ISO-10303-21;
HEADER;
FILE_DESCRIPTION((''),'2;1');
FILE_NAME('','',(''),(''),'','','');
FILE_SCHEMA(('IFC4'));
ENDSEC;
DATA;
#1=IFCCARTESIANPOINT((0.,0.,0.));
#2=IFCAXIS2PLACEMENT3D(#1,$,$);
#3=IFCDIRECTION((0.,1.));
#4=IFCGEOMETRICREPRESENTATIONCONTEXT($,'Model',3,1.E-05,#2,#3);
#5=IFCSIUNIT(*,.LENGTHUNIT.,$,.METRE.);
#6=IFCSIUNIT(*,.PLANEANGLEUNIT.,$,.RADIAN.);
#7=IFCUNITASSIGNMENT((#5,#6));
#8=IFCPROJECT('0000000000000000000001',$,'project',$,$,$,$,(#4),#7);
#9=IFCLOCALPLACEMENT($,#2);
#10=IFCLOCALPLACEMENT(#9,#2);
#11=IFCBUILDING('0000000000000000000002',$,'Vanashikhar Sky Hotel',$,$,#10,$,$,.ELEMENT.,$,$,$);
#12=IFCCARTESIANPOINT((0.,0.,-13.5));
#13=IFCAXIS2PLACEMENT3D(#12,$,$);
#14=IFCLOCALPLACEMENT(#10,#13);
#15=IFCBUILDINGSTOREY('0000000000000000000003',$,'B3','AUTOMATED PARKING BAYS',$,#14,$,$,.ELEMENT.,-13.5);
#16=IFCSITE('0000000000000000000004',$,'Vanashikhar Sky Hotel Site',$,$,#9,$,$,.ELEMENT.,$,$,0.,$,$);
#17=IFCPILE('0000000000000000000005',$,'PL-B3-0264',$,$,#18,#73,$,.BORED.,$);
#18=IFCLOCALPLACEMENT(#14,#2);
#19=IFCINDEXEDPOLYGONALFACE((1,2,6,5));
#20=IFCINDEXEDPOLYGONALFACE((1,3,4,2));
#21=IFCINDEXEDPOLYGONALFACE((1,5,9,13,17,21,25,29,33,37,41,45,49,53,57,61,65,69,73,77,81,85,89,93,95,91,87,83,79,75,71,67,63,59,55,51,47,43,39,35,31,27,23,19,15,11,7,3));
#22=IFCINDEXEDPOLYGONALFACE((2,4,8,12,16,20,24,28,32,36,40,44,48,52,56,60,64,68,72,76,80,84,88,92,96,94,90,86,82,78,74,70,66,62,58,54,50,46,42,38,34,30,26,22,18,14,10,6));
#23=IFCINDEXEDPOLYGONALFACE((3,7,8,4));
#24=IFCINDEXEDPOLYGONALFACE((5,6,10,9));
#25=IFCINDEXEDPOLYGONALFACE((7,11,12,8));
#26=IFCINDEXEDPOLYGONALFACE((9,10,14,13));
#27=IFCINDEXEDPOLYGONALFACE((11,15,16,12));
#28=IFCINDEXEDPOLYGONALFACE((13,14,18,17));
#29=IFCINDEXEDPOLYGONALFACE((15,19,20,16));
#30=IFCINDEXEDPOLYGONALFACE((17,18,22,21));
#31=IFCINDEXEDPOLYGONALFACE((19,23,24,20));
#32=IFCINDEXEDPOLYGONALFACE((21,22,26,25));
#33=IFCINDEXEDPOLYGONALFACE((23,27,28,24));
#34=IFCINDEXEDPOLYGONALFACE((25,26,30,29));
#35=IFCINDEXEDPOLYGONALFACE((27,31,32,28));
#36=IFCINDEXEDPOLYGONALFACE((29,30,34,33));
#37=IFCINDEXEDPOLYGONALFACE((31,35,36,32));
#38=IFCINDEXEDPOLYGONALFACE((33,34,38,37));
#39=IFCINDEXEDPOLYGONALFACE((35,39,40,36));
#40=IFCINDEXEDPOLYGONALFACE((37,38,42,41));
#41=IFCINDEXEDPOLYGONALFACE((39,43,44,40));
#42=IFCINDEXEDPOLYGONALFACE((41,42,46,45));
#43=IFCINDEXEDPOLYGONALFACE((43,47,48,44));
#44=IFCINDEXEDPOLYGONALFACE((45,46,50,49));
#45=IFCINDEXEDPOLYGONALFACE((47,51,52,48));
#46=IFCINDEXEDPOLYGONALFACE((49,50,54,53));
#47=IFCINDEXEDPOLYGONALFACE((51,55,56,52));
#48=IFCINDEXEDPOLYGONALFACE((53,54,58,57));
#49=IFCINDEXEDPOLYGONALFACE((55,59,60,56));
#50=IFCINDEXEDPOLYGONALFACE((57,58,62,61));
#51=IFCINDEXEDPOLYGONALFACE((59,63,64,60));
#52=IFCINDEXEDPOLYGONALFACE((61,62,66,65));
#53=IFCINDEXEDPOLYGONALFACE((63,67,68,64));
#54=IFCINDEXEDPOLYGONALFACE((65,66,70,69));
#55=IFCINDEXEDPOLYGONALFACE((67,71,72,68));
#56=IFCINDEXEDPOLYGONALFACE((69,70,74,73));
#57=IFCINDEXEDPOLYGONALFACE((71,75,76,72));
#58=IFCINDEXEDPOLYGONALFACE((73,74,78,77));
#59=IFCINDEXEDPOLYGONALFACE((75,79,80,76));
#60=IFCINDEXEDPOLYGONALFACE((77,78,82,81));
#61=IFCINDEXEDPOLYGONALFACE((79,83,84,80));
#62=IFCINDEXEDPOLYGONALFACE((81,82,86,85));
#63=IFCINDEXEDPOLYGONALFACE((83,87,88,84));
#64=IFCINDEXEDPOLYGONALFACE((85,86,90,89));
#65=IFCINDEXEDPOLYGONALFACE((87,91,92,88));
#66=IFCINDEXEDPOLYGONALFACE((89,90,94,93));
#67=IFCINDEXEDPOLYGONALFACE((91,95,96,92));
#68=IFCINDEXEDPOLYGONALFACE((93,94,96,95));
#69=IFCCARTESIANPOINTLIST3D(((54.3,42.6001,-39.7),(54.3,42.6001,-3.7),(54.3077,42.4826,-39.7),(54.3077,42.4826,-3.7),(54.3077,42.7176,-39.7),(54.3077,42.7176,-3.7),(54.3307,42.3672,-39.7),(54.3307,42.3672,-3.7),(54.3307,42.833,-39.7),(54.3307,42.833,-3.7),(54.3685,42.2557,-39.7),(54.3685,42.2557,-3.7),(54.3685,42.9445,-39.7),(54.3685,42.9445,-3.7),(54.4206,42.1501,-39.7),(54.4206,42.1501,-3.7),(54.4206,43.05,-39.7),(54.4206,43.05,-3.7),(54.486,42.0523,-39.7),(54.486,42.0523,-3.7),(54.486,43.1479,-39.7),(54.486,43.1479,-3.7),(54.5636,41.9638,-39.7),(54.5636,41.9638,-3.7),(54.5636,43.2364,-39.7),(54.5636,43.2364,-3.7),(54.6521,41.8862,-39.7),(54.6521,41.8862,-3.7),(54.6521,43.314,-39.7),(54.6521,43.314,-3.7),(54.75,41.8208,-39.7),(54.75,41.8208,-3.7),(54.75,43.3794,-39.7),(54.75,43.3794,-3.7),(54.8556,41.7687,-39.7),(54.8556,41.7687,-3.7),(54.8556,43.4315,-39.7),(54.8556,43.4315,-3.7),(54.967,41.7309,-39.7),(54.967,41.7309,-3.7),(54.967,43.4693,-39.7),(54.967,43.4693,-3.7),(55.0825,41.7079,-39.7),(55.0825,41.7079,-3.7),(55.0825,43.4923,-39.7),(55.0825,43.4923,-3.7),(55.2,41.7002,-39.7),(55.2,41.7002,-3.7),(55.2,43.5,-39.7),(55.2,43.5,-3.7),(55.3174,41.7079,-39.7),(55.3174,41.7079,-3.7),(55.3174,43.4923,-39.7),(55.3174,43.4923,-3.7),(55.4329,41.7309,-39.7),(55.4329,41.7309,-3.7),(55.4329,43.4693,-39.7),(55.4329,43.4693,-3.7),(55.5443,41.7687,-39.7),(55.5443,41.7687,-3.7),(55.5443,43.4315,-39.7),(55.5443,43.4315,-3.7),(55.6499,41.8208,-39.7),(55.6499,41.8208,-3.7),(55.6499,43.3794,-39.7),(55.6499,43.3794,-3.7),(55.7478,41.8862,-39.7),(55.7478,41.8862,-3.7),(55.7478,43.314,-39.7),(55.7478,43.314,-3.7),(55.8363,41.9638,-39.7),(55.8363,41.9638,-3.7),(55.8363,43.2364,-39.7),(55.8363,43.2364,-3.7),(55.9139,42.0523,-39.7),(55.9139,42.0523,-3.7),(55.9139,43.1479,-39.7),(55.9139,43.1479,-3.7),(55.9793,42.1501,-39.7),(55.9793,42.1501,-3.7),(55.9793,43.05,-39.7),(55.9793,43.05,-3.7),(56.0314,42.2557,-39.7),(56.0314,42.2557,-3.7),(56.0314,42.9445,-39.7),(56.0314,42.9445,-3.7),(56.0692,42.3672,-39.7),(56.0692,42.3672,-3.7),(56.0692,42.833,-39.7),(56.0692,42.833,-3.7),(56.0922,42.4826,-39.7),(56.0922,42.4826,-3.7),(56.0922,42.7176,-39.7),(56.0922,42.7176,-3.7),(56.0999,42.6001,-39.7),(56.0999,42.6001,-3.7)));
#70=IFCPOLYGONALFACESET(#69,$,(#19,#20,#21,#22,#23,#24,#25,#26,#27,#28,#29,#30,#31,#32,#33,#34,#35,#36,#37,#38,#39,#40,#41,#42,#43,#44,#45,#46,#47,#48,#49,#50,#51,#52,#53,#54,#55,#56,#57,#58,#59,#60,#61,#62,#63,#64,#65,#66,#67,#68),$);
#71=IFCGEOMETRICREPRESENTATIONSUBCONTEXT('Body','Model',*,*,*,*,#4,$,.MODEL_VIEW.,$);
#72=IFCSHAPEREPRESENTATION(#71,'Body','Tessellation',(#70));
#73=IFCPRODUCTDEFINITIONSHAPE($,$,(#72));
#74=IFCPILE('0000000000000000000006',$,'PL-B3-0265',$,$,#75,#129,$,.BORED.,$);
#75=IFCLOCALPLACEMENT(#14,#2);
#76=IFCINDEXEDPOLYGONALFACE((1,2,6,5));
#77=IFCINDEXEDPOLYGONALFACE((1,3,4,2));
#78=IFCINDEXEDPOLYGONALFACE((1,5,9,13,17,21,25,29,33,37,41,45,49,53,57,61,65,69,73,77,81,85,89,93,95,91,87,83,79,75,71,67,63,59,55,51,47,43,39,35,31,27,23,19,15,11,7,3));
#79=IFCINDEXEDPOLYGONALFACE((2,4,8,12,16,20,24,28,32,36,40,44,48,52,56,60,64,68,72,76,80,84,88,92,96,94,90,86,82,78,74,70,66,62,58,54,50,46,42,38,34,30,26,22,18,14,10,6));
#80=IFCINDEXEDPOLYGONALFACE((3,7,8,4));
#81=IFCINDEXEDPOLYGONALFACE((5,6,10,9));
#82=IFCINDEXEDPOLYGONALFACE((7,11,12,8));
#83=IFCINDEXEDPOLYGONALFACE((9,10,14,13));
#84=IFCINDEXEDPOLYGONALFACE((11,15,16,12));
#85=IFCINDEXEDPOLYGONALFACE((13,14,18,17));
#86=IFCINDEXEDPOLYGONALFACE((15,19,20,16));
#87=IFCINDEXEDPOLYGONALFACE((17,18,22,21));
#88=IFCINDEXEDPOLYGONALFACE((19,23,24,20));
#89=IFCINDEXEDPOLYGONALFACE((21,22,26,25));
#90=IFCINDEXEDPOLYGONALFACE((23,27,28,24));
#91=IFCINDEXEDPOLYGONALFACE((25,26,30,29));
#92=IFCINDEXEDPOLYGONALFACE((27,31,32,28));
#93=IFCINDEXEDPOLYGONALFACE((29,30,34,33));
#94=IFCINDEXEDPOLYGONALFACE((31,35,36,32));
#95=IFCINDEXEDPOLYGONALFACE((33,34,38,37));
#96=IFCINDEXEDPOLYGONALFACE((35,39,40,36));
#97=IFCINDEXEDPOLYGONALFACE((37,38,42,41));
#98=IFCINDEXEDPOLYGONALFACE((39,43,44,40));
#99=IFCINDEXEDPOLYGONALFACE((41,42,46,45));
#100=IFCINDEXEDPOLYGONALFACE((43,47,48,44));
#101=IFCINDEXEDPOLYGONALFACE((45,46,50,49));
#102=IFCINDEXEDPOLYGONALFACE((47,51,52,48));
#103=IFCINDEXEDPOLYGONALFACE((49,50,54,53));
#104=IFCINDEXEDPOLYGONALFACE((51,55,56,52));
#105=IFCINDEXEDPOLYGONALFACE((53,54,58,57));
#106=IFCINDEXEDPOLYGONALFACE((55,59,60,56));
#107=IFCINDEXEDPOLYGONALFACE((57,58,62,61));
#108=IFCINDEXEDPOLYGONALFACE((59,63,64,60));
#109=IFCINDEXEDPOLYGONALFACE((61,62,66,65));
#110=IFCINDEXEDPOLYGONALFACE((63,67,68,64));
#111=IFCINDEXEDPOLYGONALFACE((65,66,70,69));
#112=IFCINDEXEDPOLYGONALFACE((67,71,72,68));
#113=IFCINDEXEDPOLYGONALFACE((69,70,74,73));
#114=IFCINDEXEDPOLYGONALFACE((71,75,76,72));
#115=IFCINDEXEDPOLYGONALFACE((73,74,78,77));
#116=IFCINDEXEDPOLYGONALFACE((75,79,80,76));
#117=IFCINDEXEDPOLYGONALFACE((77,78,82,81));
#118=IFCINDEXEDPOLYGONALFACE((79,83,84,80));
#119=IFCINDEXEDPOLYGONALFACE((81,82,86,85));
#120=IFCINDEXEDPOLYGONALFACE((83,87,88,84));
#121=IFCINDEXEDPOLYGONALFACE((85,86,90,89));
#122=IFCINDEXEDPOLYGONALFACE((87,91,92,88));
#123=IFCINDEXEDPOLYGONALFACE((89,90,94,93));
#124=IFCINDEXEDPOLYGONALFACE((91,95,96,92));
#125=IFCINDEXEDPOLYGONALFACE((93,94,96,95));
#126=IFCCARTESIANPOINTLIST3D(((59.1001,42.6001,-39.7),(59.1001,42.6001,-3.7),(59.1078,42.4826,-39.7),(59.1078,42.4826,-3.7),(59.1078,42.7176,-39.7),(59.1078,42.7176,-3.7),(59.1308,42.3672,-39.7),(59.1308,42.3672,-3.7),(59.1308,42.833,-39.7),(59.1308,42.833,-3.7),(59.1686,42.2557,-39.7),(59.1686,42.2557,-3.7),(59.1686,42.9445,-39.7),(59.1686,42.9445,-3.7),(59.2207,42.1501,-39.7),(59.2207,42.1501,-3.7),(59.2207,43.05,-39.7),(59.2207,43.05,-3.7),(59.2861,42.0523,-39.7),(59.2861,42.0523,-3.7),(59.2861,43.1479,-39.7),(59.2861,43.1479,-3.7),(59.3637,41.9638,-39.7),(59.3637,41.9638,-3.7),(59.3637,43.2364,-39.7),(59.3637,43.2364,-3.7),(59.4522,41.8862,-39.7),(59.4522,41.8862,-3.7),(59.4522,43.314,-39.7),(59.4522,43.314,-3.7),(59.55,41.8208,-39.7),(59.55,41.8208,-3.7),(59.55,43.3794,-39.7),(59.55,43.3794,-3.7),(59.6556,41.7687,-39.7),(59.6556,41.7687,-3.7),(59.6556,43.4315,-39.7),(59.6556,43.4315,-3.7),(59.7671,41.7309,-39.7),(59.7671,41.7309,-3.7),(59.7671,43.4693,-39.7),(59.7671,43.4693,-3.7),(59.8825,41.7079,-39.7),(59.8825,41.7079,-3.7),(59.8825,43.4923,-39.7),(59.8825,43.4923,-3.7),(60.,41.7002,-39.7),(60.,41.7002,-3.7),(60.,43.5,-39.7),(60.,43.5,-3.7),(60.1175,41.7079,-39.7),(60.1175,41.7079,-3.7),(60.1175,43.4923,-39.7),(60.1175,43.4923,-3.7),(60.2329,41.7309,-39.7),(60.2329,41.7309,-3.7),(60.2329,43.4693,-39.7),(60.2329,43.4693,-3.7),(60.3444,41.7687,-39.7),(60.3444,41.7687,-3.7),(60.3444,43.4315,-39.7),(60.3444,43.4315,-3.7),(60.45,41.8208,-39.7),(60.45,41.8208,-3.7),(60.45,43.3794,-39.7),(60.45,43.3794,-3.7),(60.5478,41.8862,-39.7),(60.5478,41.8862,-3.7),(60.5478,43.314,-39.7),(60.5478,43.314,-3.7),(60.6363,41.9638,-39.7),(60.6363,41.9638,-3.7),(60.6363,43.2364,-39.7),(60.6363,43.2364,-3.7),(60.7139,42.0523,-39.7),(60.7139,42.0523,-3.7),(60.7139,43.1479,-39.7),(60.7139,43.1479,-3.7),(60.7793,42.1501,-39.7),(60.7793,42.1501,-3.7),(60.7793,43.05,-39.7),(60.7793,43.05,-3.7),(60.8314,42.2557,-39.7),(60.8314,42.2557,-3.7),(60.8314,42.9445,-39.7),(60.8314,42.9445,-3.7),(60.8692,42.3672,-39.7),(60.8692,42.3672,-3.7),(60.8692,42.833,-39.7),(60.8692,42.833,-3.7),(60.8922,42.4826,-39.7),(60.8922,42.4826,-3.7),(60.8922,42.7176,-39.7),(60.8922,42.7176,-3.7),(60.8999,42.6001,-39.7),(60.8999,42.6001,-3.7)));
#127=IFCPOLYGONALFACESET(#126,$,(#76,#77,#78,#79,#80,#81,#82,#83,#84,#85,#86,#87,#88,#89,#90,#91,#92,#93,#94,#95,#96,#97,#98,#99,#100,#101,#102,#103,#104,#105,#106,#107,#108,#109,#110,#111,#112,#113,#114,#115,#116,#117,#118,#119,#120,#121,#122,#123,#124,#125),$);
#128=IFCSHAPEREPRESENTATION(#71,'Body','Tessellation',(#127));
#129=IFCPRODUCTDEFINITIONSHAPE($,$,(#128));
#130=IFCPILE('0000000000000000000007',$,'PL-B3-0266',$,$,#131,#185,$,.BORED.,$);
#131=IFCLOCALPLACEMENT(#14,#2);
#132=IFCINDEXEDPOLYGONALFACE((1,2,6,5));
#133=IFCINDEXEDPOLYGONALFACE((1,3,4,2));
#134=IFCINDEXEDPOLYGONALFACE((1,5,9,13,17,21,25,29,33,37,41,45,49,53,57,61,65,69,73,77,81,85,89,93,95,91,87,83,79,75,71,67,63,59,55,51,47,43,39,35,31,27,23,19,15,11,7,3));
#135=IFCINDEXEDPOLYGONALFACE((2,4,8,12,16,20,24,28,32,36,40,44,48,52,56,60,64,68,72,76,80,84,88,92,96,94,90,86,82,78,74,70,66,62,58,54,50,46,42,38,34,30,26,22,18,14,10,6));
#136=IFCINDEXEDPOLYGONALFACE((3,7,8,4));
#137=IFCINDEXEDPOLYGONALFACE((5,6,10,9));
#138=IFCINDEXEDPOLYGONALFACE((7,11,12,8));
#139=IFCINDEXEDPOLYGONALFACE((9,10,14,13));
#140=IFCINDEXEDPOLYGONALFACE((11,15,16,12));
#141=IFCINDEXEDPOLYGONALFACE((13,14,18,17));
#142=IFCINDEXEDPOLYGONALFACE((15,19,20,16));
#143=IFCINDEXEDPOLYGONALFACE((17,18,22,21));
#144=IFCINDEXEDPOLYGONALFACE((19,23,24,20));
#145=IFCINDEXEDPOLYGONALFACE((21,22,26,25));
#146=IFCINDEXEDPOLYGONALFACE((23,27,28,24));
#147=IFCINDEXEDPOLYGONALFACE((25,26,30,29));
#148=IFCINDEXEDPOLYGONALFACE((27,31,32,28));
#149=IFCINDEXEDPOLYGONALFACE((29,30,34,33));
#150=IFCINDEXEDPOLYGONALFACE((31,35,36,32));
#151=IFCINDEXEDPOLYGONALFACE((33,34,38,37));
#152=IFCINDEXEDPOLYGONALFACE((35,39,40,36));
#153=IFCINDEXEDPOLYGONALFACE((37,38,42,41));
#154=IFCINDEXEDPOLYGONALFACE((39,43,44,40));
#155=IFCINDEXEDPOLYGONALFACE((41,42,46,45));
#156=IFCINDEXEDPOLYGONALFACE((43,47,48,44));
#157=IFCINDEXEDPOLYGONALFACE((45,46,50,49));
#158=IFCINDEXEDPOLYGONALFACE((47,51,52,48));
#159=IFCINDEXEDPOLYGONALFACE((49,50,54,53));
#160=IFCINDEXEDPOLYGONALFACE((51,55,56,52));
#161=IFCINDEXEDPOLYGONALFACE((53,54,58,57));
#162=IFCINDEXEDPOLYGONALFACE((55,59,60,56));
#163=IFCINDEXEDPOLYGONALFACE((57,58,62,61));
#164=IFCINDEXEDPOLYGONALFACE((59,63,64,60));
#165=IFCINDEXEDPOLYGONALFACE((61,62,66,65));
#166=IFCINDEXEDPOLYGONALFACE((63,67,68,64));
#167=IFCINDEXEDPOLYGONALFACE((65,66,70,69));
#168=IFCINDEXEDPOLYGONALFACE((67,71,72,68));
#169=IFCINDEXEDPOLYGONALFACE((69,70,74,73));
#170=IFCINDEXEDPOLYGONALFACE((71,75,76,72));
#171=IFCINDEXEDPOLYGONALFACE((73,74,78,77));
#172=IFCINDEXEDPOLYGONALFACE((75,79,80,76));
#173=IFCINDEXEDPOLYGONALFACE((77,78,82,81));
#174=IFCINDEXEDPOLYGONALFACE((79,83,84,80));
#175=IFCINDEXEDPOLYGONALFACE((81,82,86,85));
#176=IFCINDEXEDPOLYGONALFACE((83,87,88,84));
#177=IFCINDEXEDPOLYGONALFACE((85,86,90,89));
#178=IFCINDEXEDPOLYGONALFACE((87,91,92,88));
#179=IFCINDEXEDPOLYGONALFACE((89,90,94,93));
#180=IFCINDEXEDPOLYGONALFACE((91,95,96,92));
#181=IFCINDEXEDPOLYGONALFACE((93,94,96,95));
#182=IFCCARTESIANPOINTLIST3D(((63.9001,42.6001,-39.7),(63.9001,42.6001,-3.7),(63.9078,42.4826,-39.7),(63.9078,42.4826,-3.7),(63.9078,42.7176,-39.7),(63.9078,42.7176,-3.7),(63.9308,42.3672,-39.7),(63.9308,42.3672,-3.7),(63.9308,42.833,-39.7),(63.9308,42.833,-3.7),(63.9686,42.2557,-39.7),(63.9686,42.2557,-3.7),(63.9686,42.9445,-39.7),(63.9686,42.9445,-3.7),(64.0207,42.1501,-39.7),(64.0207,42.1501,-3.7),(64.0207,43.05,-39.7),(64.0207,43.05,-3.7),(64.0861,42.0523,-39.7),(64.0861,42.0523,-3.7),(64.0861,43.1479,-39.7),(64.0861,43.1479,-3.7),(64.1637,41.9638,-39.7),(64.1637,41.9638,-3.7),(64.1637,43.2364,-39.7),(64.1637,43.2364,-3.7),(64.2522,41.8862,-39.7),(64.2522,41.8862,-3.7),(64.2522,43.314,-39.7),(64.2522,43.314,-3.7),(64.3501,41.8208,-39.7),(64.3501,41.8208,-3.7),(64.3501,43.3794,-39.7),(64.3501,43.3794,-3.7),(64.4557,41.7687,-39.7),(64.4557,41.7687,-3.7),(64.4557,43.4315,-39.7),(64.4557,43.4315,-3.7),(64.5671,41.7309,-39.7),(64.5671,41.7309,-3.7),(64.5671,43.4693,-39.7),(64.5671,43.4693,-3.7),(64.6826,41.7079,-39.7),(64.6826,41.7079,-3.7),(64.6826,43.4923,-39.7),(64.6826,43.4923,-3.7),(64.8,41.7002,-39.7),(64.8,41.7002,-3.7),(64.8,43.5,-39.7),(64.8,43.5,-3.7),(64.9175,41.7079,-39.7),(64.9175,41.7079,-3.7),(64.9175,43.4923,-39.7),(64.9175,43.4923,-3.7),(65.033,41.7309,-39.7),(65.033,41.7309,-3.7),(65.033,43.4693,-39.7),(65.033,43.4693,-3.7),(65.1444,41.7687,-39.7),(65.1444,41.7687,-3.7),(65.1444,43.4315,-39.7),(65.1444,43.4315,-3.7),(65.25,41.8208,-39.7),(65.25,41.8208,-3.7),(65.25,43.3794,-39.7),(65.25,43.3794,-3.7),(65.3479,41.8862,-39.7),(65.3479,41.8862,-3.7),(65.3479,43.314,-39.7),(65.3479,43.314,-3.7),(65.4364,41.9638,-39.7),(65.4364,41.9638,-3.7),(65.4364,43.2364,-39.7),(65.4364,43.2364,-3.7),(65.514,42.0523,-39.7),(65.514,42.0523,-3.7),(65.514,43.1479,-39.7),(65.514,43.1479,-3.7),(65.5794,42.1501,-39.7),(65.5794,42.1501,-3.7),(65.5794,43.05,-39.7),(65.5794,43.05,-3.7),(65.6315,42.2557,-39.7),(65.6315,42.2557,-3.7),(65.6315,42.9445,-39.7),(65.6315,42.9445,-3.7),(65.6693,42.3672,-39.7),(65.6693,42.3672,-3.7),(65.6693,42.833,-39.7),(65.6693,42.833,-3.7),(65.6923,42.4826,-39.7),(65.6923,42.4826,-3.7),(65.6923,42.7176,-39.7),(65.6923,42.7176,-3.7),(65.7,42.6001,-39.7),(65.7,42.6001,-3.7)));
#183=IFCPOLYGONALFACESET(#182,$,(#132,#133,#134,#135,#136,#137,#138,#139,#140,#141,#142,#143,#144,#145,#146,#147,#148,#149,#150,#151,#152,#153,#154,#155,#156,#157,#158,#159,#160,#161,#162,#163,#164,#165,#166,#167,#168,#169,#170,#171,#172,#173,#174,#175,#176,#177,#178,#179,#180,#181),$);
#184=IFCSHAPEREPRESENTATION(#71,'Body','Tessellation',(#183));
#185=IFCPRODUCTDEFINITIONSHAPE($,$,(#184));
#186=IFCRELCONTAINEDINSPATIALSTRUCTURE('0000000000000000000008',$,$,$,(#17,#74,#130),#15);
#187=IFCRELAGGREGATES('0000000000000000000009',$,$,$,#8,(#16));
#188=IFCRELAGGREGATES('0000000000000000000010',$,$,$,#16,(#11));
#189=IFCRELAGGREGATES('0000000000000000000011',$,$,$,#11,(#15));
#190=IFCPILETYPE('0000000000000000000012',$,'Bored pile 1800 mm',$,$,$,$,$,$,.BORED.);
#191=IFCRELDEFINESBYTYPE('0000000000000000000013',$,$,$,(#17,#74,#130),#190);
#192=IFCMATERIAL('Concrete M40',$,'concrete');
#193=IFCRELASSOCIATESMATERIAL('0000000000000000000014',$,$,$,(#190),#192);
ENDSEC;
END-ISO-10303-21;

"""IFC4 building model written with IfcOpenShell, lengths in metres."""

from ifc_helpers import new_model, si_unit, direction, frame, origin, origin_2d, place, context, subcontext, project, spatial, circle, extrude, source, transform, mapped, material, type_object, element, save


model = new_model("IFC4")

# Units and contexts
model_context = context("Model", 3, precision=1e-05, world=origin(), true_north=direction((0.0, 1.0)))
body_context = subcontext(model_context, "Body", "Model", "MODEL_VIEW")
ifc_project = project(units=[si_unit("LENGTHUNIT", "METRE"), si_unit("PLANEANGLEUNIT", "RADIAN")], contexts=[model_context])

# Site, building, storey
site_placement = place(None, origin())
site = spatial("IfcSite", under=ifc_project, at=site_placement, Name="Vanashikhar Sky Hotel Site", CompositionType="ELEMENT", RefElevation=0.0)
building_placement = place(site_placement, origin())
building = spatial("IfcBuilding", under=site, at=building_placement, Name="Vanashikhar Sky Hotel", CompositionType="ELEMENT")
storey_placement = place(building_placement, frame((0.0, 0.0, -13.5)))
storey = spatial("IfcBuildingStorey", under=building, at=storey_placement, Name="B3", Description="AUTOMATED PARKING BAYS", CompositionType="ELEMENT", Elevation=-13.5)

# Piles
ifc_material_1 = material(Name="Concrete M40", Category="concrete")
pile_type_1 = type_object("IfcPileType", Name="Bored pile 1800 mm", PredefinedType="BORED", material=ifc_material_1)
shared_shape_1 = source(origin(), body_context, "Body", "SweptSolid", [
    extrude(circle(Radius=0.8999, at=origin_2d()), origin(), (0.0, 0.0, 1.0), 36.0),
])
for number, where, z_axis, x_axis, name in (
    (1, (55.2, 42.6001, -3.7), (0.0, 0.0, -1.0), (1.0, 0.0, 0.0), "PL-B3-0264"),
    (2, (60.0, 42.6001, -3.7), (0.0, 0.0, -1.0), (1.0, 0.0, 0.0), "PL-B3-0265"),
    (3, (64.8, 42.6001, -3.7), (0.0, 0.0, -1.0), (1.0, 0.0, 0.0), "PL-B3-0266"),
):
    element("IfcPile", number, at=place(storey_placement, frame(where, z_axis=z_axis, x_axis=x_axis)), inside=storey, type_object=pile_type_1, Name=name, PredefinedType="BORED", context=body_context, shape_type="MappedRepresentation", body=[
        mapped(shared_shape_1, transform((0.0, 0.0, 0.0), scale=1.0)),
    ])

save(model, "model.ifc")
